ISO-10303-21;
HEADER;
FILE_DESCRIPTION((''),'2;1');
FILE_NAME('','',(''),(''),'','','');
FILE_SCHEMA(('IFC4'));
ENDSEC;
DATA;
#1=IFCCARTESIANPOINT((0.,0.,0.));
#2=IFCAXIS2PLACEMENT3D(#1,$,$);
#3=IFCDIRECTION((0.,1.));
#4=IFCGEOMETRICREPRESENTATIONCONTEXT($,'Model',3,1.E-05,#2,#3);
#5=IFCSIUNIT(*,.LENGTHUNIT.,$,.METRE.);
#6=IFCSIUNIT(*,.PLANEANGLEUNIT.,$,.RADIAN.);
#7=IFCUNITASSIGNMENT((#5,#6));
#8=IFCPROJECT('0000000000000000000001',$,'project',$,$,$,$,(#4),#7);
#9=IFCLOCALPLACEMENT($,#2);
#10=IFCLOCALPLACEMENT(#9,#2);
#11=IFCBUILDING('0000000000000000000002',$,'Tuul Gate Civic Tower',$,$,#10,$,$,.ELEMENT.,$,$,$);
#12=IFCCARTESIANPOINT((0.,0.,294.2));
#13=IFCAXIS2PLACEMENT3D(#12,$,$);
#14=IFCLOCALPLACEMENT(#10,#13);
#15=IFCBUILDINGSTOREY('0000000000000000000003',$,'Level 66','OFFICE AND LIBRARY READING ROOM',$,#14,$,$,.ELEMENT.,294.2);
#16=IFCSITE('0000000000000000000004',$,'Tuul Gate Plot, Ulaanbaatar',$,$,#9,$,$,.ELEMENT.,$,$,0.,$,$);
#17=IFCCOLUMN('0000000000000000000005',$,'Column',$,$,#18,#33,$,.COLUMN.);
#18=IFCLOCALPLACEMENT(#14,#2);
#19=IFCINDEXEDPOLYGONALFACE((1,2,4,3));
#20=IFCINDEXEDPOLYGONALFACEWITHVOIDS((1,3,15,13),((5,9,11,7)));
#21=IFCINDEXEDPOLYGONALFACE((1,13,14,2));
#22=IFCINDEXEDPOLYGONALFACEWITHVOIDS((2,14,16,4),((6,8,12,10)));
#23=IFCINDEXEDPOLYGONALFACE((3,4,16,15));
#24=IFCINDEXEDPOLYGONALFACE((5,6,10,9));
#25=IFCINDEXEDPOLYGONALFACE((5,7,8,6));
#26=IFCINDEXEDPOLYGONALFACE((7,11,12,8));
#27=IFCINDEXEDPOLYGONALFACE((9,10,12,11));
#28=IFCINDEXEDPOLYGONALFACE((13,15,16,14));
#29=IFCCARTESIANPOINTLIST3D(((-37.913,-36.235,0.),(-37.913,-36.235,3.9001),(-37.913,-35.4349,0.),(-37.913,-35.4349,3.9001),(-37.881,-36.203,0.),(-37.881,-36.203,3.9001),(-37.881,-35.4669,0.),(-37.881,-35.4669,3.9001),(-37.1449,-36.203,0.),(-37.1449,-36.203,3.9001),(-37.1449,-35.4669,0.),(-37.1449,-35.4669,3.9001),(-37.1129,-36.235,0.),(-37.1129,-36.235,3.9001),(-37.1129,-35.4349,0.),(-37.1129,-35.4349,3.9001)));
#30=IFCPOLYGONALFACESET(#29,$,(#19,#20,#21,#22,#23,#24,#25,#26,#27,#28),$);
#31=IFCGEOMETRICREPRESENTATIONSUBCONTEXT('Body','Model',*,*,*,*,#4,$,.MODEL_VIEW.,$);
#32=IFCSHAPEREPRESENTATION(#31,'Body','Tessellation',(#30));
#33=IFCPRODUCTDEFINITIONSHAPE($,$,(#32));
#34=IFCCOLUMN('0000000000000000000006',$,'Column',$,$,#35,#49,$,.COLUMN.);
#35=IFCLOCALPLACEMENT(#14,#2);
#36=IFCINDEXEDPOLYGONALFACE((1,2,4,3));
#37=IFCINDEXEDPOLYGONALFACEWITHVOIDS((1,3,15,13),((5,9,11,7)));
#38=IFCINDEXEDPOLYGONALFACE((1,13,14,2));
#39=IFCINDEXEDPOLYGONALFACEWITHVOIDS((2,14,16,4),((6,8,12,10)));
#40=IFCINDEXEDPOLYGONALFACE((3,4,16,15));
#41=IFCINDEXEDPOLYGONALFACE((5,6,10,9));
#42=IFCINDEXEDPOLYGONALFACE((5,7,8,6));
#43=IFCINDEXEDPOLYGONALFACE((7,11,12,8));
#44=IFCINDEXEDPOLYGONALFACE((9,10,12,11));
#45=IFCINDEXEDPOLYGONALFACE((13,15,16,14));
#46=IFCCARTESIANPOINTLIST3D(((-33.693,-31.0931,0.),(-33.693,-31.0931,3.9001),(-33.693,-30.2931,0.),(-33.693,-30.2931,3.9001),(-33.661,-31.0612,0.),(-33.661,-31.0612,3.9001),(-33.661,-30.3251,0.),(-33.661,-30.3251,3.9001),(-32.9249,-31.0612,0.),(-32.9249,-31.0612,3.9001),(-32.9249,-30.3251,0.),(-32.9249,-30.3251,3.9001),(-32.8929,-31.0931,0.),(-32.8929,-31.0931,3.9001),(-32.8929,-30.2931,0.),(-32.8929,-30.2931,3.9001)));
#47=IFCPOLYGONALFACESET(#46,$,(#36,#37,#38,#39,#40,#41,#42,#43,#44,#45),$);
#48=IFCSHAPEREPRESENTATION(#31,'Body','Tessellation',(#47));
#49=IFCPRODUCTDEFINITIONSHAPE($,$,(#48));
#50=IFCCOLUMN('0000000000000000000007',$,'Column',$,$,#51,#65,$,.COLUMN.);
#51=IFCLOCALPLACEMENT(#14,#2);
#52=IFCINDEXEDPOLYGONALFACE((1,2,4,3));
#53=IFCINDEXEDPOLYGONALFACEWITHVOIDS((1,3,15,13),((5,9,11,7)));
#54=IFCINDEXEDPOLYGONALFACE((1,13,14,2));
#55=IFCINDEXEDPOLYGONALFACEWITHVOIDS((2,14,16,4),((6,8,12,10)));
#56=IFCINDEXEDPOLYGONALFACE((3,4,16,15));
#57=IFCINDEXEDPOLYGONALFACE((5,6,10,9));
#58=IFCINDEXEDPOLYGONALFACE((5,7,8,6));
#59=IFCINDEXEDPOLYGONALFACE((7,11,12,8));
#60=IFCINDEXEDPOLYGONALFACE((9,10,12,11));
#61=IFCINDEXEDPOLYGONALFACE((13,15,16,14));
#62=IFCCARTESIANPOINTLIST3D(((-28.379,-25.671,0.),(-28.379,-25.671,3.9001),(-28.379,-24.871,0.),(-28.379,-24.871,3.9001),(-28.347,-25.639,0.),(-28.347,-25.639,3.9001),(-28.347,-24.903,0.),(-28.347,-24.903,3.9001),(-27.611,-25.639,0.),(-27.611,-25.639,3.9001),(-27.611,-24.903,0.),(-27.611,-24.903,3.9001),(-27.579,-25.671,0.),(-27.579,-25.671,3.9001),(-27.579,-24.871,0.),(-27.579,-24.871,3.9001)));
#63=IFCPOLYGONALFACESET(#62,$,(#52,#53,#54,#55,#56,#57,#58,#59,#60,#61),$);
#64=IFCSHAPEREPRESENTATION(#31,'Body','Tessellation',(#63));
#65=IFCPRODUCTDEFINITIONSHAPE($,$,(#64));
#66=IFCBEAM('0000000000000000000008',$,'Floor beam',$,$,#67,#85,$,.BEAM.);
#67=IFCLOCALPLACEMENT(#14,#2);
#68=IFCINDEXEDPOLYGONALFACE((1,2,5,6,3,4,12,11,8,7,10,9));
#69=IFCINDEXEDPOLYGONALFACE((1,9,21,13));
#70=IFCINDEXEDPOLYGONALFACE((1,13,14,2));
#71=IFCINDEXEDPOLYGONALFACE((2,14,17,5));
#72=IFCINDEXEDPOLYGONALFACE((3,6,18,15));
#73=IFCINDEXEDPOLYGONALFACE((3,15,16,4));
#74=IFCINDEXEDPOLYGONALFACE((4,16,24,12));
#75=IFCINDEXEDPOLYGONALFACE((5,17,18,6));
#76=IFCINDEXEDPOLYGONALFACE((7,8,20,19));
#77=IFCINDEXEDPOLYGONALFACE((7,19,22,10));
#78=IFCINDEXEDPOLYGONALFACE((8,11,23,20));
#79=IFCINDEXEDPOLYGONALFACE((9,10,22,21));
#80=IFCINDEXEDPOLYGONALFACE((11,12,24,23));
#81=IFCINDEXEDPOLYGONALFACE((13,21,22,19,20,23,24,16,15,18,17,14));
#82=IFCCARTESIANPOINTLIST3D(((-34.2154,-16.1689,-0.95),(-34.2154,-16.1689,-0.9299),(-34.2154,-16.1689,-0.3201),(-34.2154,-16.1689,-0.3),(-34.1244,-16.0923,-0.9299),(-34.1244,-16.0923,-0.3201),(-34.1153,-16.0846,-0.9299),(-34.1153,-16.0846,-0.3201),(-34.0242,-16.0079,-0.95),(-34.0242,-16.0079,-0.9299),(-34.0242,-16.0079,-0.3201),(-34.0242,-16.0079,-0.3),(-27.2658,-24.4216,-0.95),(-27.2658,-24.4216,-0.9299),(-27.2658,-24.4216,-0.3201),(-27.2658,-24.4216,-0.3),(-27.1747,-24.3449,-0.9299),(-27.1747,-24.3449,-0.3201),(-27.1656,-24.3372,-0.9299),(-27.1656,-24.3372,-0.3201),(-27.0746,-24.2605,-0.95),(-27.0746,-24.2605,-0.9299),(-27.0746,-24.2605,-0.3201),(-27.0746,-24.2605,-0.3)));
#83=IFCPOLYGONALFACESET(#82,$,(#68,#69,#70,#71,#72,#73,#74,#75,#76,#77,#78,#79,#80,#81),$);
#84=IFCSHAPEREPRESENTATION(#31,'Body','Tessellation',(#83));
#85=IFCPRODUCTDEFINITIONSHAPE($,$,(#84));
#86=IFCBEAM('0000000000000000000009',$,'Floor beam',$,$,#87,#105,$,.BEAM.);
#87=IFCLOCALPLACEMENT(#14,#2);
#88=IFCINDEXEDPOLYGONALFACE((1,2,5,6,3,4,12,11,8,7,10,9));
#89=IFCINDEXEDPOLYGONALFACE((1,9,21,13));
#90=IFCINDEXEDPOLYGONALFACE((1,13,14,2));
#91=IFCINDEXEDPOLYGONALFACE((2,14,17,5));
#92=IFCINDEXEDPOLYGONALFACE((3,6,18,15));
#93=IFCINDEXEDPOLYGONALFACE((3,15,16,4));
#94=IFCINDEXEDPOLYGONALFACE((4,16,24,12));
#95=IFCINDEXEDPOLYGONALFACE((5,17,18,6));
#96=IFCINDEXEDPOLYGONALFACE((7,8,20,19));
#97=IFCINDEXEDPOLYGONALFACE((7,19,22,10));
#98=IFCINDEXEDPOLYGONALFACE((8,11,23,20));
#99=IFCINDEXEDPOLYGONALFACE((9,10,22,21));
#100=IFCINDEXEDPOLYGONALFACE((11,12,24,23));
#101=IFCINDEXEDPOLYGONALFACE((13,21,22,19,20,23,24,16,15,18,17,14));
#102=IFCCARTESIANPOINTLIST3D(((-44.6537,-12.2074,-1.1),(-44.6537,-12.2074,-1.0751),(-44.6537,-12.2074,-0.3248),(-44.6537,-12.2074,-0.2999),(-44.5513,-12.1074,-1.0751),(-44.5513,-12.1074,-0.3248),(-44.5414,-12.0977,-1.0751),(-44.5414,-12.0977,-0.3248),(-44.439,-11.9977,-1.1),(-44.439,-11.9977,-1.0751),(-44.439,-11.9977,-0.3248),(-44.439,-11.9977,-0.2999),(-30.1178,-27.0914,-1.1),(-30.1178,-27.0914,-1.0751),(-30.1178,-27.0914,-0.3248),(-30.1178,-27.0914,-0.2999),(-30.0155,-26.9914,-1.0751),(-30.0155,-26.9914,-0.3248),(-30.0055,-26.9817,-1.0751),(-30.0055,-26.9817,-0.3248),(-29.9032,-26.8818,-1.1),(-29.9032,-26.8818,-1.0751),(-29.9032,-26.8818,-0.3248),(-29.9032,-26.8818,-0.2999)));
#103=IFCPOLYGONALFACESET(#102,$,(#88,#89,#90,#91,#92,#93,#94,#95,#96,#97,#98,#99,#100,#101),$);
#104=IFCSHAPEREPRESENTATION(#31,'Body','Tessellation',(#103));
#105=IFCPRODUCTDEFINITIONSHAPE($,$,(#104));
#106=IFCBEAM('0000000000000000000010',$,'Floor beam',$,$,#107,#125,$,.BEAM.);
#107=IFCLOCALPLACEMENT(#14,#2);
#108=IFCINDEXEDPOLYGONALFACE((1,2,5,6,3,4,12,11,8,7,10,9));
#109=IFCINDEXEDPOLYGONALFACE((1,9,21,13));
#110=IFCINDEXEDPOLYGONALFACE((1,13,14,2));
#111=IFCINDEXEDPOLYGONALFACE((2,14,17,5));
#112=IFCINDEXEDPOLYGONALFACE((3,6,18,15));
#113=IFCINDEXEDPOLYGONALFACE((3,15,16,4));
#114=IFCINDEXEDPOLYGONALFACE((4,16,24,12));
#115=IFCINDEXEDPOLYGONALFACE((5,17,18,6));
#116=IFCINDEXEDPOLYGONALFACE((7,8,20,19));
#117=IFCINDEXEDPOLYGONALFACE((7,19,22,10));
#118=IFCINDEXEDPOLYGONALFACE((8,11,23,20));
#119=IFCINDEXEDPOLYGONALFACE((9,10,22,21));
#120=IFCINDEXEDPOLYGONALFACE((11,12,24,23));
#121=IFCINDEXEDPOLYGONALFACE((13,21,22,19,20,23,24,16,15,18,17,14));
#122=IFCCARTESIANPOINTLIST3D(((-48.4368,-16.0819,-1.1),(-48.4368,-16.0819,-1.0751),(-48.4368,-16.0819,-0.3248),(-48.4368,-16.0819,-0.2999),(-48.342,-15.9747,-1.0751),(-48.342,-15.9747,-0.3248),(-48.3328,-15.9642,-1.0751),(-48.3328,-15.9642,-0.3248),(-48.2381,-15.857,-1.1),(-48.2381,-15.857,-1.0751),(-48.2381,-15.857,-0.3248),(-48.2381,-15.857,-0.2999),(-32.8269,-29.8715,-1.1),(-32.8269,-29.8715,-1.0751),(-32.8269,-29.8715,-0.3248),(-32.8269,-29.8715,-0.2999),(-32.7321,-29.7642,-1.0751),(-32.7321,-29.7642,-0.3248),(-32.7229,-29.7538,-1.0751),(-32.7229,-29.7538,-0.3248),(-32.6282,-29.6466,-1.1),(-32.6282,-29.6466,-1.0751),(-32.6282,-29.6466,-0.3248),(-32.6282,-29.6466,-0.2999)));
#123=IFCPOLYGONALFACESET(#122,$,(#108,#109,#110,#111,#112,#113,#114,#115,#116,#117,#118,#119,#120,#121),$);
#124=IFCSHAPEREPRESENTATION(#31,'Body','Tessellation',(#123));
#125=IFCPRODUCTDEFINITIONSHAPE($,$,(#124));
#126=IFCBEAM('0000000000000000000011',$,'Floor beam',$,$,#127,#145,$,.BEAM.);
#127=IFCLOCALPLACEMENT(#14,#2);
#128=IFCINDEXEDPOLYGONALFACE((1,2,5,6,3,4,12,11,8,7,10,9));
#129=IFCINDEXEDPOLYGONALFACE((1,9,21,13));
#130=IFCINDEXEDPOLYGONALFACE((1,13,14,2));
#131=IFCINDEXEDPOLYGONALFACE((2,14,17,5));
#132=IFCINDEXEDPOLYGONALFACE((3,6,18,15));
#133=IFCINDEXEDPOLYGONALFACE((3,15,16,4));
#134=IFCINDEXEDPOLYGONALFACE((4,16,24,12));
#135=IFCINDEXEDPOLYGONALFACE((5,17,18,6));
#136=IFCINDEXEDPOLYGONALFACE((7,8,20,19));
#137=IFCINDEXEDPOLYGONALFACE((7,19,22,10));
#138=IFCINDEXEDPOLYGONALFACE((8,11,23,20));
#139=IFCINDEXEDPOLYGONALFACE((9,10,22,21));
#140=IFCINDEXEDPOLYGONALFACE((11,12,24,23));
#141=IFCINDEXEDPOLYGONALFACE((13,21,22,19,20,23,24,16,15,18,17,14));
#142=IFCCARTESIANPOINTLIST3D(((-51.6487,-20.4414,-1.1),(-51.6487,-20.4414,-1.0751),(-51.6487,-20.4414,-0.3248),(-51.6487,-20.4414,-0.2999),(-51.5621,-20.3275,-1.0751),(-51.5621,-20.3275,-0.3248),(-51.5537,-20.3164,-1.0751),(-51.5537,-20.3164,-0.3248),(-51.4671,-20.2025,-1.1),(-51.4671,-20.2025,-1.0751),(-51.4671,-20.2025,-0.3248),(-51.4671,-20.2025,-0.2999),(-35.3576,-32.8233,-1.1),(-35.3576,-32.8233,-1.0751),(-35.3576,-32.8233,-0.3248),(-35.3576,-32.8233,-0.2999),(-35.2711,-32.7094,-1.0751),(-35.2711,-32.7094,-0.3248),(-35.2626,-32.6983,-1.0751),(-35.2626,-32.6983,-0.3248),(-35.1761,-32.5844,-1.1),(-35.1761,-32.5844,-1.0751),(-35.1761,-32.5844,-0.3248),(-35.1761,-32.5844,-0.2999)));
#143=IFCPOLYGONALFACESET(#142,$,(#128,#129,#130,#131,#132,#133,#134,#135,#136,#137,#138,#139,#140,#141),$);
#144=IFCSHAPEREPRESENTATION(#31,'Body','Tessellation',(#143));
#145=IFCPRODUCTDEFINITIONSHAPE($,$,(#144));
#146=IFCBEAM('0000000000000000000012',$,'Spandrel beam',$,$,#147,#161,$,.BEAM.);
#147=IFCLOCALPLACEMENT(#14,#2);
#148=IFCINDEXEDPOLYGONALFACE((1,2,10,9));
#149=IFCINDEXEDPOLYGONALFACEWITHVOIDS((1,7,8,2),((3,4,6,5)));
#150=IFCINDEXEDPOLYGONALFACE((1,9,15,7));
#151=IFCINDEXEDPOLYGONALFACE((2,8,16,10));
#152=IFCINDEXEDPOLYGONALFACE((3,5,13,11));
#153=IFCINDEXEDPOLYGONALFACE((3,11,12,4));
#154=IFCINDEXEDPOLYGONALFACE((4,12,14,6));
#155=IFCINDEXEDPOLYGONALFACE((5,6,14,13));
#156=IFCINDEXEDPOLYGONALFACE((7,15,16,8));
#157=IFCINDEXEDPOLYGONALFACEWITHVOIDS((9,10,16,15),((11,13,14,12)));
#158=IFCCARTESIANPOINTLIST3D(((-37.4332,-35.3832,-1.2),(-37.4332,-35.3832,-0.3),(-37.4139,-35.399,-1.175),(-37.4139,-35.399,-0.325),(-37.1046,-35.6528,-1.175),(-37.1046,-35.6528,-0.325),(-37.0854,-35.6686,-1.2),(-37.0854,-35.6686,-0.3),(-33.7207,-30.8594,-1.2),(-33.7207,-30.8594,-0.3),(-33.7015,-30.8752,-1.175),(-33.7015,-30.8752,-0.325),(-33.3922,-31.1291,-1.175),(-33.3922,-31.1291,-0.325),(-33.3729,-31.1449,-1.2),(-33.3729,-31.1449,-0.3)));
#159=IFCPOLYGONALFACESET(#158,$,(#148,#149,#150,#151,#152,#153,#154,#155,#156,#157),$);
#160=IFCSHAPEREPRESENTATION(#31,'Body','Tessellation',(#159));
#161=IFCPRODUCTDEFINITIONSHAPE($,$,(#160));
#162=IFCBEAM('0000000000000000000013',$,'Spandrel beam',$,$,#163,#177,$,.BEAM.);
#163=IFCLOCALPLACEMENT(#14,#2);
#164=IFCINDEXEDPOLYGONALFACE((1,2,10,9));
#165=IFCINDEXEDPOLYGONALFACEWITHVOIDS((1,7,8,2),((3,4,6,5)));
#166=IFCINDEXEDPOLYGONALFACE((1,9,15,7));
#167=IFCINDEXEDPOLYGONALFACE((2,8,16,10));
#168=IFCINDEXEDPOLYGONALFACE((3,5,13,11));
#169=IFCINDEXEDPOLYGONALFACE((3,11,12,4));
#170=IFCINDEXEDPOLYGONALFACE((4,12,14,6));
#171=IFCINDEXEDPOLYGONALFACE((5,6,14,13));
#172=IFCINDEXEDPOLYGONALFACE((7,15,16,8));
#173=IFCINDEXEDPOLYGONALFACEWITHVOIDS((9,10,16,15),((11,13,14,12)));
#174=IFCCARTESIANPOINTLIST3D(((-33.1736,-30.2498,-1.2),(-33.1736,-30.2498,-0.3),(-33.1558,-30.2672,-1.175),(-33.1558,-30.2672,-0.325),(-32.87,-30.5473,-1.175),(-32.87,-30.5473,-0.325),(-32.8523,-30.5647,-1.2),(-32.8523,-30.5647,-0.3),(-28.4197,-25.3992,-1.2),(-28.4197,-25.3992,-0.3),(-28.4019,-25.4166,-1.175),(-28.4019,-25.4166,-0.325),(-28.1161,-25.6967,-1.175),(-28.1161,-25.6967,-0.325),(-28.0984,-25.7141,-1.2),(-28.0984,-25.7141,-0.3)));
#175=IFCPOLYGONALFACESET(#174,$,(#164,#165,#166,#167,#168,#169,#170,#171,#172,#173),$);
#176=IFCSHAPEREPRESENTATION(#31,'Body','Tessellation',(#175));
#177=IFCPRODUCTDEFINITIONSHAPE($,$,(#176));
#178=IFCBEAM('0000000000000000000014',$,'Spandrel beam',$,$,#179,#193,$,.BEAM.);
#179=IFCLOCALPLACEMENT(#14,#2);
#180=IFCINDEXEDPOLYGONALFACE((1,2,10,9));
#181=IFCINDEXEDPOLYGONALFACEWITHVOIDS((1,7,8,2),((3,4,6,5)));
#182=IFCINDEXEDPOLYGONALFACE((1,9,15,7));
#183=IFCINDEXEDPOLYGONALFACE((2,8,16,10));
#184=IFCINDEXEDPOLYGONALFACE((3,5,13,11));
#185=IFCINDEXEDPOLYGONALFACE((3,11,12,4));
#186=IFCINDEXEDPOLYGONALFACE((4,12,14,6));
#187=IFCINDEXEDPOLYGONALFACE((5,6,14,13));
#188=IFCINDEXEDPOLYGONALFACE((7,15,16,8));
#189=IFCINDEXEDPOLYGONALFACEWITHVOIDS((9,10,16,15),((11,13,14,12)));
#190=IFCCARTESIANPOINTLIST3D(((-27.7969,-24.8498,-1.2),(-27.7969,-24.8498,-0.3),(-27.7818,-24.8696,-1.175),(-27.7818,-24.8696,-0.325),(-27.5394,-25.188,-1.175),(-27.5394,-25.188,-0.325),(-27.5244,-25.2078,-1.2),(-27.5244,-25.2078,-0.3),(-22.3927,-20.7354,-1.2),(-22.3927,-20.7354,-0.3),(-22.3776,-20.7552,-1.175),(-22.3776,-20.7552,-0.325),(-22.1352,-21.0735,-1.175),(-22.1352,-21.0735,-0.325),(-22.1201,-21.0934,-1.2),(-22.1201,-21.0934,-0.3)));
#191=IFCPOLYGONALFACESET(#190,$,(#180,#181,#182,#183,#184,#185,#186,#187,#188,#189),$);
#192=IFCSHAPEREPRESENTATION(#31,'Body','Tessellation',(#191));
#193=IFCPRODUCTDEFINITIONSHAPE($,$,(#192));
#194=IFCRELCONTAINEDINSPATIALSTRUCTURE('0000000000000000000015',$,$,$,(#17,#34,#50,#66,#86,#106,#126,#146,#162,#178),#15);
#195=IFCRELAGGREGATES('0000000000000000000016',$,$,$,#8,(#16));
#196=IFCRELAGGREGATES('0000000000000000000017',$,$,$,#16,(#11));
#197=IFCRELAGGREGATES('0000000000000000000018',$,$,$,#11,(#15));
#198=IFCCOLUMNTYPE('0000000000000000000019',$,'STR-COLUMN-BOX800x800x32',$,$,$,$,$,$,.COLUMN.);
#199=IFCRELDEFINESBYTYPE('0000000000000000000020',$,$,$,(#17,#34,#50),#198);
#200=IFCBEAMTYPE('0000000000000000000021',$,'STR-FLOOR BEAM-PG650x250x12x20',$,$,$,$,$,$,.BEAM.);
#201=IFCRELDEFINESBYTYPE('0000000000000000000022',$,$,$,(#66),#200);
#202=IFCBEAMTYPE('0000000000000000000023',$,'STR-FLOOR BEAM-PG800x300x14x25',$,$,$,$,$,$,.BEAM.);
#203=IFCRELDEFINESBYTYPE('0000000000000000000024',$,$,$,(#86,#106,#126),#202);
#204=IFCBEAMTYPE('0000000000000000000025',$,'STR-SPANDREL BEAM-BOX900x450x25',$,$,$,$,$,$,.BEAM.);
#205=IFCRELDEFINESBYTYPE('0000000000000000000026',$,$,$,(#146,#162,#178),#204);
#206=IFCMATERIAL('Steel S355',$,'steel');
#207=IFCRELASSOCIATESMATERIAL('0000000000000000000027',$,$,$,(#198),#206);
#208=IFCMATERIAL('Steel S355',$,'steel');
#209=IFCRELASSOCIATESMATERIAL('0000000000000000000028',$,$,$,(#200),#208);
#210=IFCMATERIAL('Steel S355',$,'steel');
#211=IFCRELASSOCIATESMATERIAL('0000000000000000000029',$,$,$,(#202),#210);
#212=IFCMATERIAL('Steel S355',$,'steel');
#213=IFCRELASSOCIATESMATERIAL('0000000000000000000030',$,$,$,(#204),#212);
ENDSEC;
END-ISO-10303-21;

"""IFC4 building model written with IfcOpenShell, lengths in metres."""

from ifc_helpers import new_model, si_unit, direction, frame, origin, origin_2d, place, context, subcontext, project, spatial, hollow_rectangle, i_section, extrude, material, material_profile, profile_set, type_object, element, save


model = new_model("IFC4")

# Units and contexts
model_context = context("Model", 3, precision=1e-05, world=origin(), true_north=direction((0.0, 1.0)))
body_context = subcontext(model_context, "Body", "Model", "MODEL_VIEW")
ifc_project = project(units=[si_unit("LENGTHUNIT", "METRE"), si_unit("PLANEANGLEUNIT", "RADIAN")], contexts=[model_context])

# Site, building, storey
site_placement = place(None, origin())
site = spatial("IfcSite", under=ifc_project, at=site_placement, Name="Tuul Gate Plot, Ulaanbaatar", CompositionType="ELEMENT", RefElevation=0.0)
building_placement = place(site_placement, origin())
building = spatial("IfcBuilding", under=site, at=building_placement, Name="Tuul Gate Civic Tower", CompositionType="ELEMENT")
storey_placement = place(building_placement, frame((0.0, 0.0, 294.2)))
storey = spatial("IfcBuildingStorey", under=building, at=storey_placement, Name="Level 66", Description="OFFICE AND LIBRARY READING ROOM", CompositionType="ELEMENT", Elevation=294.2)

# Columns
ifc_material_1 = material(Name="Steel S355", Category="steel")
ifc_material_profile_1 = material_profile(ifc_material_1, hollow_rectangle(XDim=0.8, YDim=0.8, WallThickness=0.032, at=origin_2d()), Name="BOX800x800x32")
ifc_profile_set_1 = profile_set([ifc_material_profile_1], Name="Steel S355")
column_type = type_object("IfcColumnType", Name="STR-COLUMN-BOX800x800x32", PredefinedType="COLUMN", material=ifc_profile_set_1)
for number, where, z_axis, x_axis, name in (
    (1, (-37.5129, -35.835, 0.0), (0.0, 0.0, 1.0), (1.0, 0.0, 0.0), "Column"),
    (2, (-33.293, -30.6931, 0.0), (0.0, 0.0, 1.0), (1.0, 0.0, 0.0), "Column"),
    (3, (-27.979, -25.271, 0.0), (0.0, 0.0, 1.0), (1.0, 0.0, 0.0), "Column"),
):
    element("IfcColumn", number, at=place(storey_placement, frame(where, z_axis=z_axis, x_axis=x_axis)), inside=storey, type_object=column_type, Name=name, PredefinedType="COLUMN", context=body_context, shape_type="SweptSolid", body=[
        extrude(hollow_rectangle(XDim=0.8, YDim=0.8, WallThickness=0.032, at=origin_2d()), origin(), (0.0, 0.0, 1.0), 3.9001),
    ])

# Beams
ifc_material_2 = material(Name="Steel S355", Category="steel")
ifc_material_profile_2 = material_profile(ifc_material_2, i_section(OverallWidth=0.25, OverallDepth=0.6499, WebThickness=0.012, FlangeThickness=0.02, at=origin_2d()), Name="PG650x250x12x20")
ifc_profile_set_2 = profile_set([ifc_material_profile_2], Name="Steel S355")
beam_type_1 = type_object("IfcBeamType", Name="STR-FLOOR BEAM-PG650x250x12x20", PredefinedType="BEAM", material=ifc_profile_set_2)
beam_1_placement = place(storey_placement, frame((-27.1702, -24.3411, -0.625), z_axis=(-0.64414, 0.764908, 0.0), x_axis=(-0.764908, -0.64414, 0.0)))
element("IfcBeam", 4, at=beam_1_placement, inside=storey, type_object=beam_type_1, Name="Floor beam", PredefinedType="BEAM", context=body_context, shape_type="SweptSolid", body=[
    extrude(i_section(OverallWidth=0.25, OverallDepth=0.6499, WebThickness=0.012, FlangeThickness=0.02, at=origin_2d()), origin(), (0.0, 0.0, 1.0), 10.7891),
])
ifc_material_3 = material(Name="Steel S355", Category="steel")
ifc_material_profile_3 = material_profile(ifc_material_3, i_section(OverallWidth=0.3, OverallDepth=0.8, WebThickness=0.0139, FlangeThickness=0.0249, at=origin_2d()), Name="PG800x300x14x25")
ifc_profile_set_3 = profile_set([ifc_material_profile_3], Name="Steel S355")
beam_type_2 = type_object("IfcBeamType", Name="STR-FLOOR BEAM-PG800x300x14x25", PredefinedType="BEAM", material=ifc_profile_set_3)
beam_2_placement = place(storey_placement, frame((-30.0105, -26.9866, -0.7), z_axis=(-0.69869, 0.715424, 0.0), x_axis=(-0.715424, -0.69869, 0.0)))
element("IfcBeam", 5, at=beam_2_placement, inside=storey, type_object=beam_type_2, Name="Floor beam", PredefinedType="BEAM", context=body_context, shape_type="SweptSolid", body=[
    extrude(i_section(OverallWidth=0.3, OverallDepth=0.8, WebThickness=0.0139, FlangeThickness=0.0249, at=origin_2d()), origin(), (0.0, 0.0, 1.0), 20.8044),
])
beam_3_placement = place(storey_placement, frame((-32.7275, -29.759, -0.7), z_axis=(-0.749453, 0.662057, 0.0), x_axis=(-0.662057, -0.749453, 0.0)))
element("IfcBeam", 6, at=beam_3_placement, inside=storey, type_object=beam_type_2, Name="Floor beam", PredefinedType="BEAM", context=body_context, shape_type="SweptSolid", body=[
    extrude(i_section(OverallWidth=0.3, OverallDepth=0.8, WebThickness=0.0139, FlangeThickness=0.0249, at=origin_2d()), origin(), (0.0, 0.0, 1.0), 20.8284),
])
beam_4_placement = place(storey_placement, frame((-35.2668, -32.7039, -0.7), z_axis=(-0.796147, 0.605104, 0.0), x_axis=(-0.605104, -0.796147, 0.0)))
element("IfcBeam", 7, at=beam_4_placement, inside=storey, type_object=beam_type_2, Name="Floor beam", PredefinedType="BEAM", context=body_context, shape_type="SweptSolid", body=[
    extrude(i_section(OverallWidth=0.3, OverallDepth=0.8, WebThickness=0.0139, FlangeThickness=0.0249, at=origin_2d()), origin(), (0.0, 0.0, 1.0), 20.4624),
])
ifc_material_4 = material(Name="Steel S355", Category="steel")
ifc_material_profile_4 = material_profile(ifc_material_4, hollow_rectangle(XDim=0.45, YDim=0.8999, WallThickness=0.0249, at=origin_2d()), Name="BOX900x450x25")
ifc_profile_set_4 = profile_set([ifc_material_profile_4], Name="Steel S355")
beam_type_3 = type_object("IfcBeamType", Name="STR-SPANDREL BEAM-BOX900x450x25", PredefinedType="BEAM", material=ifc_profile_set_4)
beam_5_placement = place(storey_placement, frame((-37.2593, -35.5259, -0.75), z_axis=(0.634384, 0.773018, 0.0), x_axis=(-0.773018, 0.634384, 0.0)))
element("IfcBeam", 8, at=beam_5_placement, inside=storey, type_object=beam_type_3, Name="Spandrel beam", PredefinedType="BEAM", context=body_context, shape_type="SweptSolid", body=[
    extrude(hollow_rectangle(XDim=0.45, YDim=0.8999, WallThickness=0.0249, at=origin_2d()), origin(), (0.0, 0.0, 1.0), 5.8521),
])
beam_6_placement = place(storey_placement, frame((-33.0129, -30.4072, -0.75), z_axis=(0.699954, 0.714188, 0.0), x_axis=(-0.714188, 0.699954, 0.0)))
element("IfcBeam", 9, at=beam_6_placement, inside=storey, type_object=beam_type_3, Name="Spandrel beam", PredefinedType="BEAM", context=body_context, shape_type="SweptSolid", body=[
    extrude(hollow_rectangle(XDim=0.45, YDim=0.8999, WallThickness=0.0249, at=origin_2d()), origin(), (0.0, 0.0, 1.0), 6.7917),
])
beam_7_placement = place(storey_placement, frame((-27.6606, -25.0288, -0.75), z_axis=(0.795649, 0.605758, 0.0), x_axis=(-0.605758, 0.795649, 0.0)))
element("IfcBeam", 10, at=beam_7_placement, inside=storey, type_object=beam_type_3, Name="Spandrel beam", PredefinedType="BEAM", context=body_context, shape_type="SweptSolid", body=[
    extrude(hollow_rectangle(XDim=0.45, YDim=0.8999, WallThickness=0.0249, at=origin_2d()), origin(), (0.0, 0.0, 1.0), 6.7922),
])

save(model, "model.ifc")
